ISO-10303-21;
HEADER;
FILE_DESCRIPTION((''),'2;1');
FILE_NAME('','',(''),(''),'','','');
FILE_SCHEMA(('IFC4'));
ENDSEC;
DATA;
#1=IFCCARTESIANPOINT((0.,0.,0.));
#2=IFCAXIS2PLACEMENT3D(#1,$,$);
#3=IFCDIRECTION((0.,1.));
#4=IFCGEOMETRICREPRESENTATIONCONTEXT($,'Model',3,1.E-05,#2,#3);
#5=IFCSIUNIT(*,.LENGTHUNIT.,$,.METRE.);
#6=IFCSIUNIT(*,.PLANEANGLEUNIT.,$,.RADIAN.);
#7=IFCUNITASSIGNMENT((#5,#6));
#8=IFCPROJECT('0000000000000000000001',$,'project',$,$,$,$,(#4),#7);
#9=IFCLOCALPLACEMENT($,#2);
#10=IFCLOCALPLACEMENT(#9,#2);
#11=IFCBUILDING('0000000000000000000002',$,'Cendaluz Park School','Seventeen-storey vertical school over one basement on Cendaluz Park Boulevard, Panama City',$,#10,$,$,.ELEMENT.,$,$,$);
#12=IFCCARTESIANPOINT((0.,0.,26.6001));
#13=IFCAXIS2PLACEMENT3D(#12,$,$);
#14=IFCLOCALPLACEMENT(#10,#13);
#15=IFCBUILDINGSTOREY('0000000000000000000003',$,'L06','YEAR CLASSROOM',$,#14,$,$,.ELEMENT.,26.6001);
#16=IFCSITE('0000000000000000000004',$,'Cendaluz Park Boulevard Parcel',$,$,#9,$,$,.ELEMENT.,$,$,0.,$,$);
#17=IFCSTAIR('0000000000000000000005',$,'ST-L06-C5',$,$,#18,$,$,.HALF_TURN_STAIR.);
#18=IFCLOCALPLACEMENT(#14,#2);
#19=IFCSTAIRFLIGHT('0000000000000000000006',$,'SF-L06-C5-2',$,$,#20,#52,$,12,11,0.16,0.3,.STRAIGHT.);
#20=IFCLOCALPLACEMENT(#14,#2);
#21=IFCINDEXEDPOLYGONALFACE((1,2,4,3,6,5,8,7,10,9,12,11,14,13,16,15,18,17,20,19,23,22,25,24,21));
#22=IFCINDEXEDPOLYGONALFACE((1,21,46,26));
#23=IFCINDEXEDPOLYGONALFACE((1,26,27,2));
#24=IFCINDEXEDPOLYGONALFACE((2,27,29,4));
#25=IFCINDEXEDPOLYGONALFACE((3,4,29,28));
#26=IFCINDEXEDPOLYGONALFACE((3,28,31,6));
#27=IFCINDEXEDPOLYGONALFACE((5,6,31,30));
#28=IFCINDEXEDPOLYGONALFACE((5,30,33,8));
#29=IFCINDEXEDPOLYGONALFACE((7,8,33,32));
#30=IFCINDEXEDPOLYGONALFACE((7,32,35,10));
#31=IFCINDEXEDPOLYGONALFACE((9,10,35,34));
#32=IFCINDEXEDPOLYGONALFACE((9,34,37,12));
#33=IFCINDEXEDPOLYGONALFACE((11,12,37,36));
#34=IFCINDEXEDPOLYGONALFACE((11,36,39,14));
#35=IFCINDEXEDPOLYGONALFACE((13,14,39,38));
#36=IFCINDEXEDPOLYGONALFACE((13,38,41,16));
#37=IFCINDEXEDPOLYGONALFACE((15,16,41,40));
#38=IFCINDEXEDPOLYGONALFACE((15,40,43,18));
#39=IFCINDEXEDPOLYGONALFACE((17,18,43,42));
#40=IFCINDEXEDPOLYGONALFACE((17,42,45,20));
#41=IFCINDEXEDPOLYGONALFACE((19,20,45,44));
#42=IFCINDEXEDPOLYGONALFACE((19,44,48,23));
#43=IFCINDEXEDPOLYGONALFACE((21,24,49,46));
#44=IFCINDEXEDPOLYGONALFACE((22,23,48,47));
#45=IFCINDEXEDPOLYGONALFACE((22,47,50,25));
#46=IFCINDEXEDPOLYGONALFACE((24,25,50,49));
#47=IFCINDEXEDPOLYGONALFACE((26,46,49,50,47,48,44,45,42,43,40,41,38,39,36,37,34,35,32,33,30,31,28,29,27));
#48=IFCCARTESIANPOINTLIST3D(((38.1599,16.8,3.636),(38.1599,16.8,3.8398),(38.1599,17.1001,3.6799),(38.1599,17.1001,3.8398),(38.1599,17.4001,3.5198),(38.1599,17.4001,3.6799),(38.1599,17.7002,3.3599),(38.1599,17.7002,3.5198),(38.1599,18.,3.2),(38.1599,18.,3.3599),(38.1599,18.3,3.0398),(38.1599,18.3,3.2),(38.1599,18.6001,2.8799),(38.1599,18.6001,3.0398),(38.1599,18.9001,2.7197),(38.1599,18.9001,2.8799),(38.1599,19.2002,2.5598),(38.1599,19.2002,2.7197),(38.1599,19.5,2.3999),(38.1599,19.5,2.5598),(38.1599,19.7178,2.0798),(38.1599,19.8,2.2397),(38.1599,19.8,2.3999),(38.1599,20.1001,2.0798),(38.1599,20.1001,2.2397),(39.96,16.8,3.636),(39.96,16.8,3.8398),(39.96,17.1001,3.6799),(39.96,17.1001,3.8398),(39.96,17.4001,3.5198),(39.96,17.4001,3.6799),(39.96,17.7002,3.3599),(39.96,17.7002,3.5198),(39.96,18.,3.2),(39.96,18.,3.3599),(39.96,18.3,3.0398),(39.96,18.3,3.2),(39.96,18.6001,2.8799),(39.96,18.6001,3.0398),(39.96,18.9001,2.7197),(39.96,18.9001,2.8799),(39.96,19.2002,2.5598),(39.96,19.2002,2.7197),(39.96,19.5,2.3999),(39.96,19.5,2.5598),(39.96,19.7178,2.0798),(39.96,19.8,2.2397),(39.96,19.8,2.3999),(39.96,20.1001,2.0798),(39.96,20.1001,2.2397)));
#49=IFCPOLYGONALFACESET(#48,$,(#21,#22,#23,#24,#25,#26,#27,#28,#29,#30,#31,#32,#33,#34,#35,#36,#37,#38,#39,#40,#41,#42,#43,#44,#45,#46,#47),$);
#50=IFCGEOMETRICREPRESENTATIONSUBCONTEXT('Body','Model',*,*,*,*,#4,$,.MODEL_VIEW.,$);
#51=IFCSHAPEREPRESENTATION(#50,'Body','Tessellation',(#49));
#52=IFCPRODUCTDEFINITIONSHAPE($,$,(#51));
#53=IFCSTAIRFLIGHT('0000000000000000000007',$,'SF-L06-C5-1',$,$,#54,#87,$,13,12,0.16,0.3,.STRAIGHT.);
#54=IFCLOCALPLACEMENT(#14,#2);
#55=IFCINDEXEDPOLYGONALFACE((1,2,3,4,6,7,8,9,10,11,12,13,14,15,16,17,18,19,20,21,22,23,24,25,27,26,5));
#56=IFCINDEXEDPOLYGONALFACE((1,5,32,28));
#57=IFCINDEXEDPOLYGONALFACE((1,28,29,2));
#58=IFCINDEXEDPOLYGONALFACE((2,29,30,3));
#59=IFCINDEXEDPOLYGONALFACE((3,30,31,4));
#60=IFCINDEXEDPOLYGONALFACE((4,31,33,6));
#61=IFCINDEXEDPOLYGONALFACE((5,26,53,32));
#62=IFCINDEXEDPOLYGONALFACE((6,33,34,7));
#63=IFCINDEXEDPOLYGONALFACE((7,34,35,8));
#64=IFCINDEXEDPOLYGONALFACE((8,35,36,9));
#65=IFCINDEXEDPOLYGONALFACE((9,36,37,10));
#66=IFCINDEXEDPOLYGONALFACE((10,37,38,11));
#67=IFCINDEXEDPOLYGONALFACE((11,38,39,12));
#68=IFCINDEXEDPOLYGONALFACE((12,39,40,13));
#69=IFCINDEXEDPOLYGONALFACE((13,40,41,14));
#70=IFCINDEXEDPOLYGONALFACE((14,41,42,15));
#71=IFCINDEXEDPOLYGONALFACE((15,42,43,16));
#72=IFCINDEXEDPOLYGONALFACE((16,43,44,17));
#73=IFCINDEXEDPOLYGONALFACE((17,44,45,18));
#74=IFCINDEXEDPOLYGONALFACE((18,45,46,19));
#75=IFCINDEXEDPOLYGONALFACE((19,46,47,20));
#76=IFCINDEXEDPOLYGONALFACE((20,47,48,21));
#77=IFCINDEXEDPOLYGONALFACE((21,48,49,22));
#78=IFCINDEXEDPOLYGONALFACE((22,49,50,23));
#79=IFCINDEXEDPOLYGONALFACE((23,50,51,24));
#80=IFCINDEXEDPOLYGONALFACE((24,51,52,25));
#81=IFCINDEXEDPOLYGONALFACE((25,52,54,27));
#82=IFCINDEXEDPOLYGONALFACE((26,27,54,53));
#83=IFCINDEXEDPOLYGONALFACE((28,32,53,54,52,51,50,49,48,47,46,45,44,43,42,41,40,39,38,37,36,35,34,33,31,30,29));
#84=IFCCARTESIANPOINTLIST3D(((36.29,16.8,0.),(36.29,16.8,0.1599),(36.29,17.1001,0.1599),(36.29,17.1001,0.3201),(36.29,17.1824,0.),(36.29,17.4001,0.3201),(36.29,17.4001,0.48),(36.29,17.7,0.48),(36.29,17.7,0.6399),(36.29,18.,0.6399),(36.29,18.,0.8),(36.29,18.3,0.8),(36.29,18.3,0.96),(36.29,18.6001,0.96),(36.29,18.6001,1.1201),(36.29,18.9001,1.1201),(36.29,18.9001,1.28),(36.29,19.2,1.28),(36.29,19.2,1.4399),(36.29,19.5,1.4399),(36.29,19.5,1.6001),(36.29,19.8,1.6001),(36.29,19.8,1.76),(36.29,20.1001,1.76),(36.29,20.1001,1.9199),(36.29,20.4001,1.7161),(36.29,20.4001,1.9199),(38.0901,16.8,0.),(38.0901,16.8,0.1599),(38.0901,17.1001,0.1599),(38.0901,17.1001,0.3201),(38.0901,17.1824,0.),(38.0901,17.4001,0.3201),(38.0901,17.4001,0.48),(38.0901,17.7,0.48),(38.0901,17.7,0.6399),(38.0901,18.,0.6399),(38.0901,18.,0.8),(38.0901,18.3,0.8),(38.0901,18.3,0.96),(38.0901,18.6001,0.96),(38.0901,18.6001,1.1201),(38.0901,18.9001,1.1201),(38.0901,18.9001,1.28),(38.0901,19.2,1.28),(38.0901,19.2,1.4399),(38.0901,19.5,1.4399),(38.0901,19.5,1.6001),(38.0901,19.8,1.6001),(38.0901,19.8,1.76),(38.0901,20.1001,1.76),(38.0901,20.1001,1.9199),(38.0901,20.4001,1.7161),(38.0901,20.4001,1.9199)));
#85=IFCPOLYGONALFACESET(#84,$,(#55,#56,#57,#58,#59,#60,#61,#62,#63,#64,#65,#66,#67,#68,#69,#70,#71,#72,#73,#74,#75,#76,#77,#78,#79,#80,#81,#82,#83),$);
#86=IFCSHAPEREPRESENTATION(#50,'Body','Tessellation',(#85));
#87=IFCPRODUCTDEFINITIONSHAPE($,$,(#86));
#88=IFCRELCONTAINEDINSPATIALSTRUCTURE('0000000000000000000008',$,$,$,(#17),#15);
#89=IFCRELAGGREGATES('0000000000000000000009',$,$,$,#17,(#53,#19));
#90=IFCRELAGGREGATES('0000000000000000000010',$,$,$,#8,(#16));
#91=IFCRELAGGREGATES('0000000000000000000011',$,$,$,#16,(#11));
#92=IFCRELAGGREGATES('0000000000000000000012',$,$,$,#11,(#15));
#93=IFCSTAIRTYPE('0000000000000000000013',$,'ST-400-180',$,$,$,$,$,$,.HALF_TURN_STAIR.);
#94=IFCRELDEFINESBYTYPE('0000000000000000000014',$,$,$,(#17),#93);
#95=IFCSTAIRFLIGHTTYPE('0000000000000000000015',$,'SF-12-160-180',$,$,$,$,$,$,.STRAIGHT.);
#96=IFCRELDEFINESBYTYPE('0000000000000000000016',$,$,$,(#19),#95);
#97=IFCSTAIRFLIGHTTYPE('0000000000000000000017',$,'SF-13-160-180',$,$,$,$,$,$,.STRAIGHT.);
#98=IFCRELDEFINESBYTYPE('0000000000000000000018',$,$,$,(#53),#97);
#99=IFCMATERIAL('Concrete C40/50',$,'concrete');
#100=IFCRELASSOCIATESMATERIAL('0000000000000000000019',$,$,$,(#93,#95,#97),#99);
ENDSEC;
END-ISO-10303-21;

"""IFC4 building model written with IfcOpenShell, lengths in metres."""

from ifc_helpers import new_model, si_unit, direction, frame, origin, place, context, subcontext, project, spatial, polyline, outline, extrude, material, type_object, element, aggregate, save


model = new_model("IFC4")

# Units and contexts
model_context = context("Model", 3, precision=1e-05, world=origin(), true_north=direction((0.0, 1.0)))
body_context = subcontext(model_context, "Body", "Model", "MODEL_VIEW")
ifc_project = project(units=[si_unit("LENGTHUNIT", "METRE"), si_unit("PLANEANGLEUNIT", "RADIAN")], contexts=[model_context])

# Site, building, storey
site_placement = place(None, origin())
site = spatial("IfcSite", under=ifc_project, at=site_placement, Name="Cendaluz Park Boulevard Parcel", CompositionType="ELEMENT", RefElevation=0.0)
building_placement = place(site_placement, origin())
building = spatial("IfcBuilding", under=site, at=building_placement, Name="Cendaluz Park School", Description="Seventeen-storey vertical school over one basement on Cendaluz Park Boulevard, Panama City", CompositionType="ELEMENT")
storey_placement = place(building_placement, frame((0.0, 0.0, 26.6001)))
storey = spatial("IfcBuildingStorey", under=building, at=storey_placement, Name="L06", Description="YEAR CLASSROOM", CompositionType="ELEMENT", Elevation=26.6001)

# Shared definitions
ifc_material_1 = material(Name="Concrete C40/50", Category="concrete")

# Stair, stair flights
stair_type = type_object("IfcStairType", Name="ST-400-180", PredefinedType="HALF_TURN_STAIR", material=ifc_material_1)
stair_placement = place(storey_placement, origin())
stair = element("IfcStair", 1, at=stair_placement, inside=storey, type_object=stair_type, Name="ST-L06-C5", PredefinedType="HALF_TURN_STAIR")
stair_flight_type_1 = type_object("IfcStairFlightType", Name="SF-12-160-180", PredefinedType="STRAIGHT", material=ifc_material_1)
stair_flight_1_placement = place(storey_placement, frame((39.0601, 20.1001, 2.0798), z_axis=(0.0, 0.0, 1.0), x_axis=(0.0, -1.0, 0.0)))
stair_flight_1 = element("IfcStairFlight", 2, at=stair_flight_1_placement, type_object=stair_flight_type_1, Name="SF-L06-C5-2", NumberOfRisers=12, NumberOfTreads=11, PredefinedType="STRAIGHT", RiserHeight=0.16, TreadLength=0.3, context=body_context, shape_type="SweptSolid", body=[
    extrude(outline(polyline([(0.0, 0.0), (0.0, 0.1599), (0.3, 0.1599), (0.3, 0.3201), (0.6001, 0.3201), (0.6001, 0.48), (0.8999, 0.48), (0.8999, 0.6399), (1.2, 0.6399), (1.2, 0.8), (1.5, 0.8), (1.5, 0.96), (1.8, 0.96), (1.8, 1.1201), (2.1001, 1.1201), (2.1001, 1.28), (2.3999, 1.28), (2.3999, 1.4399), (2.7, 1.4399), (2.7, 1.6001), (3.0, 1.6001), (3.0, 1.76), (3.3, 1.76), (3.3, 1.9199), (3.3, 1.5562), (0.3823, 0.0), (0.0, 0.0)])), frame((0.0, 0.8999, 0.0), z_axis=(0.0, -1.0, 0.0), x_axis=(1.0, 0.0, 0.0)), (0.0, 0.0, 1.0), 1.8),
])
stair_flight_type_2 = type_object("IfcStairFlightType", Name="SF-13-160-180", PredefinedType="STRAIGHT", material=ifc_material_1)
stair_flight_2_placement = place(storey_placement, frame((37.1899, 16.8, 0.0), z_axis=(0.0, 0.0, 1.0), x_axis=(0.0, 1.0, 0.0)))
stair_flight_2 = element("IfcStairFlight", 3, at=stair_flight_2_placement, type_object=stair_flight_type_2, Name="SF-L06-C5-1", NumberOfRisers=13, NumberOfTreads=12, PredefinedType="STRAIGHT", RiserHeight=0.16, TreadLength=0.3, context=body_context, shape_type="SweptSolid", body=[
    extrude(outline(polyline([(0.0, 0.0), (0.0, 0.1599), (0.3, 0.1599), (0.3, 0.3201), (0.6001, 0.3201), (0.6001, 0.48), (0.8999, 0.48), (0.8999, 0.6399), (1.2, 0.6399), (1.2, 0.8), (1.5, 0.8), (1.5, 0.96), (1.8, 0.96), (1.8, 1.1201), (2.1001, 1.1201), (2.1001, 1.28), (2.3999, 1.28), (2.3999, 1.4399), (2.7, 1.4399), (2.7, 1.6001), (3.0, 1.6001), (3.0, 1.76), (3.3, 1.76), (3.3, 1.9199), (3.6001, 1.9199), (3.6001, 2.0801), (3.6001, 1.7161), (0.3823, 0.0), (0.0, 0.0)])), frame((0.0, 0.8999, 0.0), z_axis=(0.0, -1.0, 0.0), x_axis=(1.0, 0.0, 0.0)), (0.0, 0.0, 1.0), 1.8),
])
aggregate(stair, [stair_flight_2, stair_flight_1])

save(model, "model.ifc")
